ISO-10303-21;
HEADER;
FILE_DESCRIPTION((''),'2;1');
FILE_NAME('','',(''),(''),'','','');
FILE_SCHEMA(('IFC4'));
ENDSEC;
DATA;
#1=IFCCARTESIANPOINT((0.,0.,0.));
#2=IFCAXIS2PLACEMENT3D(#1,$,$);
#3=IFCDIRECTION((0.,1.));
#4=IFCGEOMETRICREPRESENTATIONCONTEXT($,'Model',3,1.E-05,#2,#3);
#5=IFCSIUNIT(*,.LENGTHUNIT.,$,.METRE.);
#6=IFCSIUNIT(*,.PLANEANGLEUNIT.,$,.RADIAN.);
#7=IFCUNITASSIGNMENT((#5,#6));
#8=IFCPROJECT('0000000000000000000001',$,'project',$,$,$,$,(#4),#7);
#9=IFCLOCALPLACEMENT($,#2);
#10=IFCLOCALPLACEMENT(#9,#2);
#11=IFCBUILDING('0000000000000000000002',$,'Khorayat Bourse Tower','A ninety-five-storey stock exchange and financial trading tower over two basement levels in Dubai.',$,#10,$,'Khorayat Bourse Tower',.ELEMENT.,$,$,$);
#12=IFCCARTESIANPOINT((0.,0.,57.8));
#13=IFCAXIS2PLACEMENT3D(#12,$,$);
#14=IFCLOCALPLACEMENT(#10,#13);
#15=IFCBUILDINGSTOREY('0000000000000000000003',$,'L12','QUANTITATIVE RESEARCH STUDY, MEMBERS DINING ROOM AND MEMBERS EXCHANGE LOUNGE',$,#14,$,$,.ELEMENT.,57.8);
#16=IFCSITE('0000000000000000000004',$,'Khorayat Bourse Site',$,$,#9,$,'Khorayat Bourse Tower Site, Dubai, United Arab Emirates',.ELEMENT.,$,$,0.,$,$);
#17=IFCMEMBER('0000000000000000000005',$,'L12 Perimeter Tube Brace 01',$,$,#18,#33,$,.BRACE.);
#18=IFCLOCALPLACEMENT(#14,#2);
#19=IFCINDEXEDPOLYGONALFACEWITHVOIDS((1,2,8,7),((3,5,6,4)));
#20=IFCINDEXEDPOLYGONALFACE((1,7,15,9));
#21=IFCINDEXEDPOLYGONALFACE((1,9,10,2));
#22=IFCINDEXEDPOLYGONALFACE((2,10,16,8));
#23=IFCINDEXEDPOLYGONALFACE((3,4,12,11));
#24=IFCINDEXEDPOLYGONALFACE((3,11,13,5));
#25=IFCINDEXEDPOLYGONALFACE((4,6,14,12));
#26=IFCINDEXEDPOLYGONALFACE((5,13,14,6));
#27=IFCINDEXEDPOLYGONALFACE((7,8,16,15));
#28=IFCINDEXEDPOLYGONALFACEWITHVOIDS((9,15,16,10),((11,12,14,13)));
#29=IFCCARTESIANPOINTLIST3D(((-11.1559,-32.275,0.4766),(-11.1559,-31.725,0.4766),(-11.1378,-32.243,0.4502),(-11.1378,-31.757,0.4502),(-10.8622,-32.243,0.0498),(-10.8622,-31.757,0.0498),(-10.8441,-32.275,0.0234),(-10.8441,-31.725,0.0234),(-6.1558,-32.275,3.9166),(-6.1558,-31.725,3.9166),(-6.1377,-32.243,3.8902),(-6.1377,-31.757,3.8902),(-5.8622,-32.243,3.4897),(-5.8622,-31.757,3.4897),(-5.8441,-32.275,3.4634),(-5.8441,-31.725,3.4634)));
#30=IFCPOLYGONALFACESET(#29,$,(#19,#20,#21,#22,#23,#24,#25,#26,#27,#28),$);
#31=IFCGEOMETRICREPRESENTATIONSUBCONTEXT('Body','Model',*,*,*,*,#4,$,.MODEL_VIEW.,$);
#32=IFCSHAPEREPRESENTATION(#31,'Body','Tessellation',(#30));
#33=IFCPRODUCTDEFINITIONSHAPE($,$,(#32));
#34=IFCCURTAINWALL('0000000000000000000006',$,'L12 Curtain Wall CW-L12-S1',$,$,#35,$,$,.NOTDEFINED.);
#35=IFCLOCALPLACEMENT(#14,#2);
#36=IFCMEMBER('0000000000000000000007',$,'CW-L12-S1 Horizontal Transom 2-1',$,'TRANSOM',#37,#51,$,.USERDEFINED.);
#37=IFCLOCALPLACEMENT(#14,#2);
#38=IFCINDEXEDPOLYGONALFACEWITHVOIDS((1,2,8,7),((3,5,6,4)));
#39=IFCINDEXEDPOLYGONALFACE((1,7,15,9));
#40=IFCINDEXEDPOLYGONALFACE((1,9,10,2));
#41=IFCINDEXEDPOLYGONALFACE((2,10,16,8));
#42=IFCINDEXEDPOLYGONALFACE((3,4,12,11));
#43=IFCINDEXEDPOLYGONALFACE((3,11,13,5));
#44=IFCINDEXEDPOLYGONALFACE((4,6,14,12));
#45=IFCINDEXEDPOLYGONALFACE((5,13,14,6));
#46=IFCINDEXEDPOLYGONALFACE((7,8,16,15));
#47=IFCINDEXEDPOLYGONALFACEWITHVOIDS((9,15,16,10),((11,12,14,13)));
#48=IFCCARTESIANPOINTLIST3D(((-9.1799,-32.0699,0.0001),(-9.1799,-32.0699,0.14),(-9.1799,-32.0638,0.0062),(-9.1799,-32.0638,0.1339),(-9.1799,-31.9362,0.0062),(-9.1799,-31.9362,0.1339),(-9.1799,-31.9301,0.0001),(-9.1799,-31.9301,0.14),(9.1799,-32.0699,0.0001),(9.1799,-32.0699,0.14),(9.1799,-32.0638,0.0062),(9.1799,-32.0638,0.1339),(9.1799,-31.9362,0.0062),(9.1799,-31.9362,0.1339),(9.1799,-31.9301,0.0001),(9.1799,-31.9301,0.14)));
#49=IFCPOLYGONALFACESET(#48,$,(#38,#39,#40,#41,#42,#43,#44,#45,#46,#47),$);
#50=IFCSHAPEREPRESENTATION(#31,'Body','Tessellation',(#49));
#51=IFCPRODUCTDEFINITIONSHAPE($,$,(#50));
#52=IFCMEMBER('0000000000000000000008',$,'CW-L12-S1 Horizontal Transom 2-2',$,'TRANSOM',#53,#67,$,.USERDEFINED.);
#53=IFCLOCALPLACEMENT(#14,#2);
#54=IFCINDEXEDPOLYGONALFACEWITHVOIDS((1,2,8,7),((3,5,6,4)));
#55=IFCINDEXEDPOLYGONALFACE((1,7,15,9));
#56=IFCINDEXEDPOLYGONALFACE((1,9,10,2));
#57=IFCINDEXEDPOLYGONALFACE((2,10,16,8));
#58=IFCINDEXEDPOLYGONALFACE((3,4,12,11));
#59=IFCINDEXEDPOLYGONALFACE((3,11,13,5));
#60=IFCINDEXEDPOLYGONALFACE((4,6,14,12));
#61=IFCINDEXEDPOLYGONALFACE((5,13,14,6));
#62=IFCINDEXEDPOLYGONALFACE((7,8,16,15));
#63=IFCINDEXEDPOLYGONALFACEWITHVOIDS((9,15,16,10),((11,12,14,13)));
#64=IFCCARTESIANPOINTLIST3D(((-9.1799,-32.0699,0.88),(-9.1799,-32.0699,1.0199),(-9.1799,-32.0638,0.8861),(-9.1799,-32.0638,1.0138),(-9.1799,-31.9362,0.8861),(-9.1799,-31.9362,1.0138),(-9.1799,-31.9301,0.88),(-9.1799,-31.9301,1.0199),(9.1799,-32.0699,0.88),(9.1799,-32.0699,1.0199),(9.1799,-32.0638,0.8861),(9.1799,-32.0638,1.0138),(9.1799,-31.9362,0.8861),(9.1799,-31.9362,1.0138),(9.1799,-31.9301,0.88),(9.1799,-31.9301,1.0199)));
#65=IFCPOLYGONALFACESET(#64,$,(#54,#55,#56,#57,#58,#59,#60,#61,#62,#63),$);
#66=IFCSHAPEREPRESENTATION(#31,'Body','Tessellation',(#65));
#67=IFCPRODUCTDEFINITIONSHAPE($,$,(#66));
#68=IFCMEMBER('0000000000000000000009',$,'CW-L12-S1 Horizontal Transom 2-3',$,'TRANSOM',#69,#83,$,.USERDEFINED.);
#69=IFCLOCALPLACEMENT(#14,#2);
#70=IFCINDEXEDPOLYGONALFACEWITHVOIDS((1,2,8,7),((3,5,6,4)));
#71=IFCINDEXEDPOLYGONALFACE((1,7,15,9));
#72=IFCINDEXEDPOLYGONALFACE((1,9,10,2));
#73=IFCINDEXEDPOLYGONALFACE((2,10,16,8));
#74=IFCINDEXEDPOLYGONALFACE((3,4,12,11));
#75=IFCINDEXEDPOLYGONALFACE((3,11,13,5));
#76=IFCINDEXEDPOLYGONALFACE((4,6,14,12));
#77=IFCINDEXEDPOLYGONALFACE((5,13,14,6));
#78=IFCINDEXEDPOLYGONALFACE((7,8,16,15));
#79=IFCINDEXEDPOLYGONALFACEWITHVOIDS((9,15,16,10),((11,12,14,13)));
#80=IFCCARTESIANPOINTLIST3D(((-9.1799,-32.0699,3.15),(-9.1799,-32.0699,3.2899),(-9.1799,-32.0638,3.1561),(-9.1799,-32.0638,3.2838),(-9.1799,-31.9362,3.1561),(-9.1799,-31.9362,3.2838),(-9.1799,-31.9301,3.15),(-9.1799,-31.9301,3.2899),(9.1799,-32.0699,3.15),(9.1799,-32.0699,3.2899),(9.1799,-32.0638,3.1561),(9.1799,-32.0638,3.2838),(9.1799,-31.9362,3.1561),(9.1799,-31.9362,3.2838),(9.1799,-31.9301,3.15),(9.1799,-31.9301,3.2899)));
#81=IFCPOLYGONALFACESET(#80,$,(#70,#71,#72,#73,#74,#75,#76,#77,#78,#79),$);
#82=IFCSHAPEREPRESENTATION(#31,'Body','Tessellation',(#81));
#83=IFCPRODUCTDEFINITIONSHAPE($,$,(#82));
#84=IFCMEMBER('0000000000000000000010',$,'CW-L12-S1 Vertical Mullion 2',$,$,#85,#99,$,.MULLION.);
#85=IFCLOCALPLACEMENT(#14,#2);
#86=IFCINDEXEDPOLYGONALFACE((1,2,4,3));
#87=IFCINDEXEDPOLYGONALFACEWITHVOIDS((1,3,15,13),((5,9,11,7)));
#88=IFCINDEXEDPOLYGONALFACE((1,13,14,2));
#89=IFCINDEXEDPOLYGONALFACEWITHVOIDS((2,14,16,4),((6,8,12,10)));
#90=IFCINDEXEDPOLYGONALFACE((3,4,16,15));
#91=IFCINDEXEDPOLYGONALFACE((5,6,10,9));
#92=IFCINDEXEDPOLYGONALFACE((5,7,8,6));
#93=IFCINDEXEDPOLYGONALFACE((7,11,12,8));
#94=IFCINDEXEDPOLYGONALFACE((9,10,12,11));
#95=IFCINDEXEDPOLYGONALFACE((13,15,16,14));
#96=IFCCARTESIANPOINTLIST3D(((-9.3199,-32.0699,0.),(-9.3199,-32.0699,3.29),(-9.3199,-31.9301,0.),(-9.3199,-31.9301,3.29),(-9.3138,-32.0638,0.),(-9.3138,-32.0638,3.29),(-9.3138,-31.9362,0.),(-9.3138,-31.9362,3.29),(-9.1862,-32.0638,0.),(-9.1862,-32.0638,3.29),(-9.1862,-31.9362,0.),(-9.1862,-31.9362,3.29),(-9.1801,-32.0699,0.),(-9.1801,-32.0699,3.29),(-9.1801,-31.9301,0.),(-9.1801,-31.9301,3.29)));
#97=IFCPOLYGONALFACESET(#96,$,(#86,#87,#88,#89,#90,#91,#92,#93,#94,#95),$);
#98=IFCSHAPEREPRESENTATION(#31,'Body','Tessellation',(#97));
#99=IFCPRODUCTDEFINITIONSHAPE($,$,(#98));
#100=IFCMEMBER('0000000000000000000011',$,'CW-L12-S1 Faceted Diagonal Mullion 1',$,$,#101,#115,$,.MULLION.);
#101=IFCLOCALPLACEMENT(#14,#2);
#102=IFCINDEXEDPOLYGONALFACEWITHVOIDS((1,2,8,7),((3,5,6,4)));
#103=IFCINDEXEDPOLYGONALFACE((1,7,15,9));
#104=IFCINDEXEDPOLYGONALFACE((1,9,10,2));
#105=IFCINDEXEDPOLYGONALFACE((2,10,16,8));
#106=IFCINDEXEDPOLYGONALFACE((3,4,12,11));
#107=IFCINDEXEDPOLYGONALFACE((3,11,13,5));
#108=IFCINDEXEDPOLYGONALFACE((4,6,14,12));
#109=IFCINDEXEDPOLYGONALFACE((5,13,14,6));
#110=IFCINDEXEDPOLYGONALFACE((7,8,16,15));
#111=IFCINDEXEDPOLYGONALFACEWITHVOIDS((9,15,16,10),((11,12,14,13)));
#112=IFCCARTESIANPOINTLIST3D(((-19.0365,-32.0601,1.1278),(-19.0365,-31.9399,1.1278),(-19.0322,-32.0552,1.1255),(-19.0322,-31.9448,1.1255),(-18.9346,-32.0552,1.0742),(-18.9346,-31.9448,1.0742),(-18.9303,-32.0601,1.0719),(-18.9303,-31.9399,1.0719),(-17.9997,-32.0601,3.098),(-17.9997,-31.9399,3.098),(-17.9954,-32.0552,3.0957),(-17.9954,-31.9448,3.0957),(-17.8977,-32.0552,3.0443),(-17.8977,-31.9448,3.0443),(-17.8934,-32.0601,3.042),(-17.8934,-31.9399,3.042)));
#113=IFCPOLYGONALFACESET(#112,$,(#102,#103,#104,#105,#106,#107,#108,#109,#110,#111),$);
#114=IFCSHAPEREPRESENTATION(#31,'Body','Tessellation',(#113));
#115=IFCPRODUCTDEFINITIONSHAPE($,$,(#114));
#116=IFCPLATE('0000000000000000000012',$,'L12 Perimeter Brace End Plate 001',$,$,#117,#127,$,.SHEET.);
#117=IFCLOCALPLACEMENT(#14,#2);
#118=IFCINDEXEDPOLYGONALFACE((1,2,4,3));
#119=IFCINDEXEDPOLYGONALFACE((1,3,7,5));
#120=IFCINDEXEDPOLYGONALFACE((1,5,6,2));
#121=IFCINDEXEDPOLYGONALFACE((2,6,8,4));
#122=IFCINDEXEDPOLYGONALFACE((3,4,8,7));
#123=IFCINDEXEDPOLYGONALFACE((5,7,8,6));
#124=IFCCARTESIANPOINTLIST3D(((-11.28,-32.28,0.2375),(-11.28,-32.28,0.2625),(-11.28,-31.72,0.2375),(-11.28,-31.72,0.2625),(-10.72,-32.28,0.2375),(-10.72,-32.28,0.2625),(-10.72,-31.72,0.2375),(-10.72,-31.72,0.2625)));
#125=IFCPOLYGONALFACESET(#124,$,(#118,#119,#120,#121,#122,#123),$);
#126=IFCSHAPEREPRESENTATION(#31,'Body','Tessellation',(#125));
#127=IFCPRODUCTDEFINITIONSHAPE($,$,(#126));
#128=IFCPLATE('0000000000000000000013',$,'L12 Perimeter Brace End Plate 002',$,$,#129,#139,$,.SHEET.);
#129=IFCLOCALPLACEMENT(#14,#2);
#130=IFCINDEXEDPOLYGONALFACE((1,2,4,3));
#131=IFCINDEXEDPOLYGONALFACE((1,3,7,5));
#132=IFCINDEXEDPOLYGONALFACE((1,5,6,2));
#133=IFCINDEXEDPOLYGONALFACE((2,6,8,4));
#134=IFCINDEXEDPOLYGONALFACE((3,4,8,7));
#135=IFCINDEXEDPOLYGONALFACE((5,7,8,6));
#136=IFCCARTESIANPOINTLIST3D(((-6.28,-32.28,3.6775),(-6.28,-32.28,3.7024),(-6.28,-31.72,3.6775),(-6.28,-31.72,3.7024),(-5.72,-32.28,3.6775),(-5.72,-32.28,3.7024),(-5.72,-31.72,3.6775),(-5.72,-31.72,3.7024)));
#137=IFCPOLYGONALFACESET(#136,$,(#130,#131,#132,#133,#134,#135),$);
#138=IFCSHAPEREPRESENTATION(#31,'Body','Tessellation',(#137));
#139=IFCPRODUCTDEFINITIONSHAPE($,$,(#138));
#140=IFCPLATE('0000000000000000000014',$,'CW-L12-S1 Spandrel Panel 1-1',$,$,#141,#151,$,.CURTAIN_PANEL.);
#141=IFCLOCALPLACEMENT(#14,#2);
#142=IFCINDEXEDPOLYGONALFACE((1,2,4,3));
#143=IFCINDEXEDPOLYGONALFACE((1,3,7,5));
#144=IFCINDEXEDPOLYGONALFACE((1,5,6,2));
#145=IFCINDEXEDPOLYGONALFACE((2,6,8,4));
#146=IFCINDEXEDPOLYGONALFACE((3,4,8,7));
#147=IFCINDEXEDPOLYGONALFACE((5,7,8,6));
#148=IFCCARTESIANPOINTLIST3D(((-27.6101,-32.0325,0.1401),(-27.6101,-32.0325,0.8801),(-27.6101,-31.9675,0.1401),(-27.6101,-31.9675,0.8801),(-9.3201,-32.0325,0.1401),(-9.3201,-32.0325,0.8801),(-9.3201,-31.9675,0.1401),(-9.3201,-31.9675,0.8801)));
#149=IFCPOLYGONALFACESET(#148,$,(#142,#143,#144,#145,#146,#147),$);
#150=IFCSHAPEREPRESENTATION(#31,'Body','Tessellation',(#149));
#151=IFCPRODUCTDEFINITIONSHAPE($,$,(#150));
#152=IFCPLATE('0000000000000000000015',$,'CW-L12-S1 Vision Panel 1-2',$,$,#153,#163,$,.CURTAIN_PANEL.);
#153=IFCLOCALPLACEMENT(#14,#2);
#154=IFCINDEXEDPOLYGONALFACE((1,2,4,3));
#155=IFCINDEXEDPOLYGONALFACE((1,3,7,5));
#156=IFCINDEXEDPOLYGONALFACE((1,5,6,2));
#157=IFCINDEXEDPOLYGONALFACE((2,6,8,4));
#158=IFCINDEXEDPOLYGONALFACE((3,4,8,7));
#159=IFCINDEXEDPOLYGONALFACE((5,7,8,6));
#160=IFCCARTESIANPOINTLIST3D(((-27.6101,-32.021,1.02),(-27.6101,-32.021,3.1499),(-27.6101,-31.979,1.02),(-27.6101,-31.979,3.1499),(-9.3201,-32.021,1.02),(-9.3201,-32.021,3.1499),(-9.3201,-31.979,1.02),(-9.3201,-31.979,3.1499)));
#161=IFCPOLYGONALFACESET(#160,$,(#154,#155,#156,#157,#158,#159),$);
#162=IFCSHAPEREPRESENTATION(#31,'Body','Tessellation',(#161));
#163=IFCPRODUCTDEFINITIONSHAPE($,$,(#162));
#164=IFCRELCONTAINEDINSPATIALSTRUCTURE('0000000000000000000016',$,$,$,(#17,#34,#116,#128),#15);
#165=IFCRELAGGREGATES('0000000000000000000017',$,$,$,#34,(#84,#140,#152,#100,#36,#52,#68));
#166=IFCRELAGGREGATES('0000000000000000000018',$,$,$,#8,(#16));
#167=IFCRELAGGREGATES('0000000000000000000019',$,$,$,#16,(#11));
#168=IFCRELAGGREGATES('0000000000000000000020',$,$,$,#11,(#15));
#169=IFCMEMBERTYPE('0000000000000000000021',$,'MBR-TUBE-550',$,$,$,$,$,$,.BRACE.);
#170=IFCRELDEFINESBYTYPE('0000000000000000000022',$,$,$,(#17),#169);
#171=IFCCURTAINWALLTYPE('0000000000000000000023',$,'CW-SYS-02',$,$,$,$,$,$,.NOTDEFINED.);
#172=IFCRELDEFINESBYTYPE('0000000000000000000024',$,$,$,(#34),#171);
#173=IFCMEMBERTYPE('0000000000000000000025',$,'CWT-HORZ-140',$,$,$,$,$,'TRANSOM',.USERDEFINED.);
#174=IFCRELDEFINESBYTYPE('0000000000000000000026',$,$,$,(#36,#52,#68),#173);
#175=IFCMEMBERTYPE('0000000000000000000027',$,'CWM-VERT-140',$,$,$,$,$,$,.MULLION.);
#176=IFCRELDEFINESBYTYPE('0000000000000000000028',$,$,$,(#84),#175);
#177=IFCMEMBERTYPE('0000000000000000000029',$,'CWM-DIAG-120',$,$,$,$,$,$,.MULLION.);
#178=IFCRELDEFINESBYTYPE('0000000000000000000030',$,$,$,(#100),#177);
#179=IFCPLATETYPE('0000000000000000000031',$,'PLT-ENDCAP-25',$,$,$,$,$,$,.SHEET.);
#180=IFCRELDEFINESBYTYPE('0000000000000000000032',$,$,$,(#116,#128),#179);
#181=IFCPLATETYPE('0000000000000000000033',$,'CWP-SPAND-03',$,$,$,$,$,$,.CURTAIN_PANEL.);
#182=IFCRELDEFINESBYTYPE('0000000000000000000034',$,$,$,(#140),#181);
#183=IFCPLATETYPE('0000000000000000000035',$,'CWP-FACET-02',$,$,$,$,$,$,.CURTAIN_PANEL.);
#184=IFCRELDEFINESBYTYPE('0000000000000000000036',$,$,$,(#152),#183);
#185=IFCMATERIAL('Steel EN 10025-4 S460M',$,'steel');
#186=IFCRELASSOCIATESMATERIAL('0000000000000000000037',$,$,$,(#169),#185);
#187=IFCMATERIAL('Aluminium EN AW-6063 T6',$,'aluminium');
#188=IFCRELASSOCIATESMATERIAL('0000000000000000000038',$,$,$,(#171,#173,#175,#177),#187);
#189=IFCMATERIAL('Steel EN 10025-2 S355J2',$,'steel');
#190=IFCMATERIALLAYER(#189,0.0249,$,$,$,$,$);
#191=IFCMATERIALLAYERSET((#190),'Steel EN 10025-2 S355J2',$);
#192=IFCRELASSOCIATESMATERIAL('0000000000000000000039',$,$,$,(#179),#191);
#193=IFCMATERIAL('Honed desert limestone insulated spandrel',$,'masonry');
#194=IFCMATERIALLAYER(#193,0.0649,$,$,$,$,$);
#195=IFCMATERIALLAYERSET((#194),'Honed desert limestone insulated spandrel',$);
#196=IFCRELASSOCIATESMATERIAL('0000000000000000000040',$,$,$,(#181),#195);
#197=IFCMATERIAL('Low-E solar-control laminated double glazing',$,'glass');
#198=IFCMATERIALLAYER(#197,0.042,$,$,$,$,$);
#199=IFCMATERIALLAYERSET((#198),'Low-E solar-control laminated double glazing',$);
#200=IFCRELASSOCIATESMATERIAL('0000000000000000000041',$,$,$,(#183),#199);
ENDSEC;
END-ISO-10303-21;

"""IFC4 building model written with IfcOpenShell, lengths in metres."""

from ifc_helpers import new_model, si_unit, direction, frame, origin, origin_2d, place, context, subcontext, project, spatial, rectangle, hollow_rectangle, extrude, source, transform, mapped, material, layer, layer_set, material_profile, profile_set, type_object, element, aggregate, save


model = new_model("IFC4")

# Units and contexts
model_context = context("Model", 3, precision=1e-05, world=origin(), true_north=direction((0.0, 1.0)))
body_context = subcontext(model_context, "Body", "Model", "MODEL_VIEW")
ifc_project = project(units=[si_unit("LENGTHUNIT", "METRE"), si_unit("PLANEANGLEUNIT", "RADIAN")], contexts=[model_context])

# Site, building, storey
site_placement = place(None, origin())
site = spatial("IfcSite", under=ifc_project, at=site_placement, Name="Khorayat Bourse Site", LongName="Khorayat Bourse Tower Site, Dubai, United Arab Emirates", CompositionType="ELEMENT", RefElevation=0.0)
building_placement = place(site_placement, origin())
building = spatial("IfcBuilding", under=site, at=building_placement, Name="Khorayat Bourse Tower", Description="A ninety-five-storey stock exchange and financial trading tower over two basement levels in Dubai.", LongName="Khorayat Bourse Tower", CompositionType="ELEMENT")
storey_placement = place(building_placement, frame((0.0, 0.0, 57.8)))
storey = spatial("IfcBuildingStorey", under=building, at=storey_placement, Name="L12", Description="QUANTITATIVE RESEARCH STUDY, MEMBERS DINING ROOM AND MEMBERS EXCHANGE LOUNGE", CompositionType="ELEMENT", Elevation=57.8)

# Shared definitions
ifc_material_1 = material(Name="Steel EN 10025-4 S460M", Category="steel")

# Member
ifc_material_profile_1 = material_profile(ifc_material_1, hollow_rectangle(XDim=0.55, YDim=0.55, WallThickness=0.032, at=origin_2d()), Name="HSS 550x550x32")
ifc_profile_set_1 = profile_set([ifc_material_profile_1], Name="Steel EN 10025-4 S460M")
member_type_1 = type_object("IfcMemberType", Name="MBR-TUBE-550", PredefinedType="BRACE", material=ifc_profile_set_1)
shared_shape_1 = source(origin(), body_context, "Body", "SweptSolid", [
    extrude(hollow_rectangle(XDim=0.55, YDim=0.55, WallThickness=0.032, at=origin_2d()), origin(), (0.0, 0.0, 1.0), 6.0691),
])
member_1_placement = place(storey_placement, frame((-11.0, -32.0, 0.25), z_axis=(0.823854, 0.0, 0.566802), x_axis=(0.0, 1.0, 0.0)))
element("IfcMember", 1, at=member_1_placement, inside=storey, type_object=member_type_1, Name="L12 Perimeter Tube Brace 01", PredefinedType="BRACE", context=body_context, shape_type="MappedRepresentation", body=[
    mapped(shared_shape_1, transform((0.0, 0.0, 0.0), scale=1.0)),
])

# Curtain wall, members
ifc_material_2 = material(Name="Aluminium EN AW-6063 T6", Category="aluminium")
curtain_wall_type = type_object("IfcCurtainWallType", Name="CW-SYS-02", PredefinedType="NOTDEFINED", material=ifc_material_2)
curtain_wall_placement = place(storey_placement, origin())
curtain_wall = element("IfcCurtainWall", 2, at=curtain_wall_placement, inside=storey, type_object=curtain_wall_type, Name="L12 Curtain Wall CW-L12-S1", PredefinedType="NOTDEFINED")
ifc_material_profile_2 = material_profile(ifc_material_2, hollow_rectangle(XDim=0.1399, YDim=0.1399, WallThickness=0.0061, at=origin_2d()), Name="ALU 140x140x6")
ifc_profile_set_2 = profile_set([ifc_material_profile_2], Name="Aluminium EN AW-6063 T6")
member_type_2 = type_object("IfcMemberType", Name="CWT-HORZ-140", ElementType="TRANSOM", PredefinedType="USERDEFINED", material=ifc_profile_set_2)
shared_shape_2 = source(origin(), body_context, "Body", "SweptSolid", [
    extrude(hollow_rectangle(XDim=0.1399, YDim=0.1399, WallThickness=0.0061, at=origin_2d()), origin(), (0.0, 0.0, 1.0), 18.3599),
])
member_2_placement = place(storey_placement, frame((-9.1799, -32.0, 0.0701), z_axis=(1.0, 0.0, 0.0), x_axis=(0.0, 1.0, 0.0)))
member_2 = element("IfcMember", 3, at=member_2_placement, type_object=member_type_2, Name="CW-L12-S1 Horizontal Transom 2-1", ObjectType="TRANSOM", PredefinedType="USERDEFINED", context=body_context, shape_type="MappedRepresentation", body=[
    mapped(shared_shape_2, transform((0.0, 0.0, 0.0), scale=1.0)),
])
member_3_placement = place(storey_placement, frame((-9.1799, -32.0, 0.95), z_axis=(1.0, 0.0, 0.0), x_axis=(0.0, 1.0, 0.0)))
member_3 = element("IfcMember", 4, at=member_3_placement, type_object=member_type_2, Name="CW-L12-S1 Horizontal Transom 2-2", ObjectType="TRANSOM", PredefinedType="USERDEFINED", context=body_context, shape_type="MappedRepresentation", body=[
    mapped(shared_shape_2, transform((0.0, 0.0, 0.0), scale=1.0)),
])
member_4_placement = place(storey_placement, frame((-9.1799, -32.0, 3.22), z_axis=(1.0, 0.0, 0.0), x_axis=(0.0, 1.0, 0.0)))
member_4 = element("IfcMember", 5, at=member_4_placement, type_object=member_type_2, Name="CW-L12-S1 Horizontal Transom 2-3", ObjectType="TRANSOM", PredefinedType="USERDEFINED", context=body_context, shape_type="MappedRepresentation", body=[
    mapped(shared_shape_2, transform((0.0, 0.0, 0.0), scale=1.0)),
])
ifc_material_profile_3 = material_profile(ifc_material_2, hollow_rectangle(XDim=0.1399, YDim=0.1399, WallThickness=0.0061, at=origin_2d()), Name="ALU 140x140x6")
ifc_profile_set_3 = profile_set([ifc_material_profile_3], Name="Aluminium EN AW-6063 T6")
member_type_3 = type_object("IfcMemberType", Name="CWM-VERT-140", PredefinedType="MULLION", material=ifc_profile_set_3)
shared_shape_3 = source(origin(), body_context, "Body", "SweptSolid", [
    extrude(hollow_rectangle(XDim=0.1399, YDim=0.1399, WallThickness=0.0061, at=origin_2d()), origin(), (0.0, 0.0, 1.0), 3.29),
])
member_5_placement = place(storey_placement, frame((-9.25, -32.0, 0.0), z_axis=(0.0, 0.0, 1.0), x_axis=(0.0, 1.0, 0.0)))
member_5 = element("IfcMember", 6, at=member_5_placement, type_object=member_type_3, Name="CW-L12-S1 Vertical Mullion 2", PredefinedType="MULLION", context=body_context, shape_type="MappedRepresentation", body=[
    mapped(shared_shape_3, transform((0.0, 0.0, 0.0), scale=1.0)),
])
ifc_material_profile_4 = material_profile(ifc_material_2, hollow_rectangle(XDim=0.1201, YDim=0.1201, WallThickness=0.0049, at=origin_2d()), Name="ALU 120x120x5")
ifc_profile_set_4 = profile_set([ifc_material_profile_4], Name="Aluminium EN AW-6063 T6")
member_type_4 = type_object("IfcMemberType", Name="CWM-DIAG-120", PredefinedType="MULLION", material=ifc_profile_set_4)
shared_shape_4 = source(origin(), body_context, "Body", "SweptSolid", [
    extrude(hollow_rectangle(XDim=0.1201, YDim=0.1201, WallThickness=0.0049, at=origin_2d()), origin(), (0.0, 0.0, 1.0), 2.2263),
])
member_6_placement = place(storey_placement, frame((-18.9834, -32.0, 1.0999), z_axis=(0.465715, 0.0, 0.884935), x_axis=(0.0, 1.0, 0.0)))
member_6 = element("IfcMember", 7, at=member_6_placement, type_object=member_type_4, Name="CW-L12-S1 Faceted Diagonal Mullion 1", PredefinedType="MULLION", context=body_context, shape_type="MappedRepresentation", body=[
    mapped(shared_shape_4, transform((0.0, 0.0, 0.0), scale=1.0)),
])

# Plates
ifc_material_3 = material(Name="Steel EN 10025-2 S355J2", Category="steel")
ifc_layer_1 = layer(ifc_material_3, 0.0249)
ifc_layer_set_1 = layer_set([ifc_layer_1], Name="Steel EN 10025-2 S355J2")
plate_type_1 = type_object("IfcPlateType", Name="PLT-ENDCAP-25", PredefinedType="SHEET", material=ifc_layer_set_1)
shared_shape_5 = source(origin(), body_context, "Body", "SweptSolid", [
    extrude(rectangle(XDim=0.5601, YDim=0.5601, at=origin_2d()), origin(), (0.0, 0.0, 1.0), 0.0249),
])
for number, where, z_axis, x_axis, name in (
    (8, (-11.0, -32.0, 0.2375), (0.0, 0.0, 1.0), (1.0, 0.0, 0.0), "L12 Perimeter Brace End Plate 001"),
    (9, (-6.0, -32.0, 3.6775), (0.0, 0.0, 1.0), (1.0, 0.0, 0.0), "L12 Perimeter Brace End Plate 002"),
):
    element("IfcPlate", number, at=place(storey_placement, frame(where, z_axis=z_axis, x_axis=x_axis)), inside=storey, type_object=plate_type_1, Name=name, PredefinedType="SHEET", context=body_context, shape_type="MappedRepresentation", body=[
        mapped(shared_shape_5, transform((0.0, 0.0, 0.0), scale=1.0)),
    ])

# Plates
ifc_material_4 = material(Name="Honed desert limestone insulated spandrel", Category="masonry")
ifc_layer_2 = layer(ifc_material_4, 0.0649)
ifc_layer_set_2 = layer_set([ifc_layer_2], Name="Honed desert limestone insulated spandrel")
plate_type_2 = type_object("IfcPlateType", Name="CWP-SPAND-03", PredefinedType="CURTAIN_PANEL", material=ifc_layer_set_2)
shared_shape_6 = source(origin(), body_context, "Body", "SweptSolid", [
    extrude(rectangle(XDim=18.29, YDim=0.0649, at=origin_2d()), origin(), (0.0, 0.0, 1.0), 0.74),
])
plate_1_placement = place(storey_placement, frame((-18.4651, -32.0, 0.1401), z_axis=(0.0, 0.0, 1.0), x_axis=(1.0, 0.0, 0.0)))
plate_1 = element("IfcPlate", 10, at=plate_1_placement, type_object=plate_type_2, Name="CW-L12-S1 Spandrel Panel 1-1", PredefinedType="CURTAIN_PANEL", context=body_context, shape_type="MappedRepresentation", body=[
    mapped(shared_shape_6, transform((0.0, 0.0, 0.0), scale=1.0)),
])
ifc_material_5 = material(Name="Low-E solar-control laminated double glazing", Category="glass")
ifc_layer_3 = layer(ifc_material_5, 0.042)
ifc_layer_set_3 = layer_set([ifc_layer_3], Name="Low-E solar-control laminated double glazing")
plate_type_3 = type_object("IfcPlateType", Name="CWP-FACET-02", PredefinedType="CURTAIN_PANEL", material=ifc_layer_set_3)
shared_shape_7 = source(origin(), body_context, "Body", "SweptSolid", [
    extrude(rectangle(XDim=18.29, YDim=0.042, at=origin_2d()), origin(), (0.0, 0.0, 1.0), 2.1299),
])
plate_2_placement = place(storey_placement, frame((-18.4651, -32.0, 1.02), z_axis=(0.0, 0.0, 1.0), x_axis=(1.0, 0.0, 0.0)))
plate_2 = element("IfcPlate", 11, at=plate_2_placement, type_object=plate_type_3, Name="CW-L12-S1 Vision Panel 1-2", PredefinedType="CURTAIN_PANEL", context=body_context, shape_type="MappedRepresentation", body=[
    mapped(shared_shape_7, transform((0.0, 0.0, 0.0), scale=1.0)),
])
aggregate(curtain_wall, [member_5, plate_1, plate_2, member_6, member_2, member_3, member_4])

save(model, "model.ifc")
